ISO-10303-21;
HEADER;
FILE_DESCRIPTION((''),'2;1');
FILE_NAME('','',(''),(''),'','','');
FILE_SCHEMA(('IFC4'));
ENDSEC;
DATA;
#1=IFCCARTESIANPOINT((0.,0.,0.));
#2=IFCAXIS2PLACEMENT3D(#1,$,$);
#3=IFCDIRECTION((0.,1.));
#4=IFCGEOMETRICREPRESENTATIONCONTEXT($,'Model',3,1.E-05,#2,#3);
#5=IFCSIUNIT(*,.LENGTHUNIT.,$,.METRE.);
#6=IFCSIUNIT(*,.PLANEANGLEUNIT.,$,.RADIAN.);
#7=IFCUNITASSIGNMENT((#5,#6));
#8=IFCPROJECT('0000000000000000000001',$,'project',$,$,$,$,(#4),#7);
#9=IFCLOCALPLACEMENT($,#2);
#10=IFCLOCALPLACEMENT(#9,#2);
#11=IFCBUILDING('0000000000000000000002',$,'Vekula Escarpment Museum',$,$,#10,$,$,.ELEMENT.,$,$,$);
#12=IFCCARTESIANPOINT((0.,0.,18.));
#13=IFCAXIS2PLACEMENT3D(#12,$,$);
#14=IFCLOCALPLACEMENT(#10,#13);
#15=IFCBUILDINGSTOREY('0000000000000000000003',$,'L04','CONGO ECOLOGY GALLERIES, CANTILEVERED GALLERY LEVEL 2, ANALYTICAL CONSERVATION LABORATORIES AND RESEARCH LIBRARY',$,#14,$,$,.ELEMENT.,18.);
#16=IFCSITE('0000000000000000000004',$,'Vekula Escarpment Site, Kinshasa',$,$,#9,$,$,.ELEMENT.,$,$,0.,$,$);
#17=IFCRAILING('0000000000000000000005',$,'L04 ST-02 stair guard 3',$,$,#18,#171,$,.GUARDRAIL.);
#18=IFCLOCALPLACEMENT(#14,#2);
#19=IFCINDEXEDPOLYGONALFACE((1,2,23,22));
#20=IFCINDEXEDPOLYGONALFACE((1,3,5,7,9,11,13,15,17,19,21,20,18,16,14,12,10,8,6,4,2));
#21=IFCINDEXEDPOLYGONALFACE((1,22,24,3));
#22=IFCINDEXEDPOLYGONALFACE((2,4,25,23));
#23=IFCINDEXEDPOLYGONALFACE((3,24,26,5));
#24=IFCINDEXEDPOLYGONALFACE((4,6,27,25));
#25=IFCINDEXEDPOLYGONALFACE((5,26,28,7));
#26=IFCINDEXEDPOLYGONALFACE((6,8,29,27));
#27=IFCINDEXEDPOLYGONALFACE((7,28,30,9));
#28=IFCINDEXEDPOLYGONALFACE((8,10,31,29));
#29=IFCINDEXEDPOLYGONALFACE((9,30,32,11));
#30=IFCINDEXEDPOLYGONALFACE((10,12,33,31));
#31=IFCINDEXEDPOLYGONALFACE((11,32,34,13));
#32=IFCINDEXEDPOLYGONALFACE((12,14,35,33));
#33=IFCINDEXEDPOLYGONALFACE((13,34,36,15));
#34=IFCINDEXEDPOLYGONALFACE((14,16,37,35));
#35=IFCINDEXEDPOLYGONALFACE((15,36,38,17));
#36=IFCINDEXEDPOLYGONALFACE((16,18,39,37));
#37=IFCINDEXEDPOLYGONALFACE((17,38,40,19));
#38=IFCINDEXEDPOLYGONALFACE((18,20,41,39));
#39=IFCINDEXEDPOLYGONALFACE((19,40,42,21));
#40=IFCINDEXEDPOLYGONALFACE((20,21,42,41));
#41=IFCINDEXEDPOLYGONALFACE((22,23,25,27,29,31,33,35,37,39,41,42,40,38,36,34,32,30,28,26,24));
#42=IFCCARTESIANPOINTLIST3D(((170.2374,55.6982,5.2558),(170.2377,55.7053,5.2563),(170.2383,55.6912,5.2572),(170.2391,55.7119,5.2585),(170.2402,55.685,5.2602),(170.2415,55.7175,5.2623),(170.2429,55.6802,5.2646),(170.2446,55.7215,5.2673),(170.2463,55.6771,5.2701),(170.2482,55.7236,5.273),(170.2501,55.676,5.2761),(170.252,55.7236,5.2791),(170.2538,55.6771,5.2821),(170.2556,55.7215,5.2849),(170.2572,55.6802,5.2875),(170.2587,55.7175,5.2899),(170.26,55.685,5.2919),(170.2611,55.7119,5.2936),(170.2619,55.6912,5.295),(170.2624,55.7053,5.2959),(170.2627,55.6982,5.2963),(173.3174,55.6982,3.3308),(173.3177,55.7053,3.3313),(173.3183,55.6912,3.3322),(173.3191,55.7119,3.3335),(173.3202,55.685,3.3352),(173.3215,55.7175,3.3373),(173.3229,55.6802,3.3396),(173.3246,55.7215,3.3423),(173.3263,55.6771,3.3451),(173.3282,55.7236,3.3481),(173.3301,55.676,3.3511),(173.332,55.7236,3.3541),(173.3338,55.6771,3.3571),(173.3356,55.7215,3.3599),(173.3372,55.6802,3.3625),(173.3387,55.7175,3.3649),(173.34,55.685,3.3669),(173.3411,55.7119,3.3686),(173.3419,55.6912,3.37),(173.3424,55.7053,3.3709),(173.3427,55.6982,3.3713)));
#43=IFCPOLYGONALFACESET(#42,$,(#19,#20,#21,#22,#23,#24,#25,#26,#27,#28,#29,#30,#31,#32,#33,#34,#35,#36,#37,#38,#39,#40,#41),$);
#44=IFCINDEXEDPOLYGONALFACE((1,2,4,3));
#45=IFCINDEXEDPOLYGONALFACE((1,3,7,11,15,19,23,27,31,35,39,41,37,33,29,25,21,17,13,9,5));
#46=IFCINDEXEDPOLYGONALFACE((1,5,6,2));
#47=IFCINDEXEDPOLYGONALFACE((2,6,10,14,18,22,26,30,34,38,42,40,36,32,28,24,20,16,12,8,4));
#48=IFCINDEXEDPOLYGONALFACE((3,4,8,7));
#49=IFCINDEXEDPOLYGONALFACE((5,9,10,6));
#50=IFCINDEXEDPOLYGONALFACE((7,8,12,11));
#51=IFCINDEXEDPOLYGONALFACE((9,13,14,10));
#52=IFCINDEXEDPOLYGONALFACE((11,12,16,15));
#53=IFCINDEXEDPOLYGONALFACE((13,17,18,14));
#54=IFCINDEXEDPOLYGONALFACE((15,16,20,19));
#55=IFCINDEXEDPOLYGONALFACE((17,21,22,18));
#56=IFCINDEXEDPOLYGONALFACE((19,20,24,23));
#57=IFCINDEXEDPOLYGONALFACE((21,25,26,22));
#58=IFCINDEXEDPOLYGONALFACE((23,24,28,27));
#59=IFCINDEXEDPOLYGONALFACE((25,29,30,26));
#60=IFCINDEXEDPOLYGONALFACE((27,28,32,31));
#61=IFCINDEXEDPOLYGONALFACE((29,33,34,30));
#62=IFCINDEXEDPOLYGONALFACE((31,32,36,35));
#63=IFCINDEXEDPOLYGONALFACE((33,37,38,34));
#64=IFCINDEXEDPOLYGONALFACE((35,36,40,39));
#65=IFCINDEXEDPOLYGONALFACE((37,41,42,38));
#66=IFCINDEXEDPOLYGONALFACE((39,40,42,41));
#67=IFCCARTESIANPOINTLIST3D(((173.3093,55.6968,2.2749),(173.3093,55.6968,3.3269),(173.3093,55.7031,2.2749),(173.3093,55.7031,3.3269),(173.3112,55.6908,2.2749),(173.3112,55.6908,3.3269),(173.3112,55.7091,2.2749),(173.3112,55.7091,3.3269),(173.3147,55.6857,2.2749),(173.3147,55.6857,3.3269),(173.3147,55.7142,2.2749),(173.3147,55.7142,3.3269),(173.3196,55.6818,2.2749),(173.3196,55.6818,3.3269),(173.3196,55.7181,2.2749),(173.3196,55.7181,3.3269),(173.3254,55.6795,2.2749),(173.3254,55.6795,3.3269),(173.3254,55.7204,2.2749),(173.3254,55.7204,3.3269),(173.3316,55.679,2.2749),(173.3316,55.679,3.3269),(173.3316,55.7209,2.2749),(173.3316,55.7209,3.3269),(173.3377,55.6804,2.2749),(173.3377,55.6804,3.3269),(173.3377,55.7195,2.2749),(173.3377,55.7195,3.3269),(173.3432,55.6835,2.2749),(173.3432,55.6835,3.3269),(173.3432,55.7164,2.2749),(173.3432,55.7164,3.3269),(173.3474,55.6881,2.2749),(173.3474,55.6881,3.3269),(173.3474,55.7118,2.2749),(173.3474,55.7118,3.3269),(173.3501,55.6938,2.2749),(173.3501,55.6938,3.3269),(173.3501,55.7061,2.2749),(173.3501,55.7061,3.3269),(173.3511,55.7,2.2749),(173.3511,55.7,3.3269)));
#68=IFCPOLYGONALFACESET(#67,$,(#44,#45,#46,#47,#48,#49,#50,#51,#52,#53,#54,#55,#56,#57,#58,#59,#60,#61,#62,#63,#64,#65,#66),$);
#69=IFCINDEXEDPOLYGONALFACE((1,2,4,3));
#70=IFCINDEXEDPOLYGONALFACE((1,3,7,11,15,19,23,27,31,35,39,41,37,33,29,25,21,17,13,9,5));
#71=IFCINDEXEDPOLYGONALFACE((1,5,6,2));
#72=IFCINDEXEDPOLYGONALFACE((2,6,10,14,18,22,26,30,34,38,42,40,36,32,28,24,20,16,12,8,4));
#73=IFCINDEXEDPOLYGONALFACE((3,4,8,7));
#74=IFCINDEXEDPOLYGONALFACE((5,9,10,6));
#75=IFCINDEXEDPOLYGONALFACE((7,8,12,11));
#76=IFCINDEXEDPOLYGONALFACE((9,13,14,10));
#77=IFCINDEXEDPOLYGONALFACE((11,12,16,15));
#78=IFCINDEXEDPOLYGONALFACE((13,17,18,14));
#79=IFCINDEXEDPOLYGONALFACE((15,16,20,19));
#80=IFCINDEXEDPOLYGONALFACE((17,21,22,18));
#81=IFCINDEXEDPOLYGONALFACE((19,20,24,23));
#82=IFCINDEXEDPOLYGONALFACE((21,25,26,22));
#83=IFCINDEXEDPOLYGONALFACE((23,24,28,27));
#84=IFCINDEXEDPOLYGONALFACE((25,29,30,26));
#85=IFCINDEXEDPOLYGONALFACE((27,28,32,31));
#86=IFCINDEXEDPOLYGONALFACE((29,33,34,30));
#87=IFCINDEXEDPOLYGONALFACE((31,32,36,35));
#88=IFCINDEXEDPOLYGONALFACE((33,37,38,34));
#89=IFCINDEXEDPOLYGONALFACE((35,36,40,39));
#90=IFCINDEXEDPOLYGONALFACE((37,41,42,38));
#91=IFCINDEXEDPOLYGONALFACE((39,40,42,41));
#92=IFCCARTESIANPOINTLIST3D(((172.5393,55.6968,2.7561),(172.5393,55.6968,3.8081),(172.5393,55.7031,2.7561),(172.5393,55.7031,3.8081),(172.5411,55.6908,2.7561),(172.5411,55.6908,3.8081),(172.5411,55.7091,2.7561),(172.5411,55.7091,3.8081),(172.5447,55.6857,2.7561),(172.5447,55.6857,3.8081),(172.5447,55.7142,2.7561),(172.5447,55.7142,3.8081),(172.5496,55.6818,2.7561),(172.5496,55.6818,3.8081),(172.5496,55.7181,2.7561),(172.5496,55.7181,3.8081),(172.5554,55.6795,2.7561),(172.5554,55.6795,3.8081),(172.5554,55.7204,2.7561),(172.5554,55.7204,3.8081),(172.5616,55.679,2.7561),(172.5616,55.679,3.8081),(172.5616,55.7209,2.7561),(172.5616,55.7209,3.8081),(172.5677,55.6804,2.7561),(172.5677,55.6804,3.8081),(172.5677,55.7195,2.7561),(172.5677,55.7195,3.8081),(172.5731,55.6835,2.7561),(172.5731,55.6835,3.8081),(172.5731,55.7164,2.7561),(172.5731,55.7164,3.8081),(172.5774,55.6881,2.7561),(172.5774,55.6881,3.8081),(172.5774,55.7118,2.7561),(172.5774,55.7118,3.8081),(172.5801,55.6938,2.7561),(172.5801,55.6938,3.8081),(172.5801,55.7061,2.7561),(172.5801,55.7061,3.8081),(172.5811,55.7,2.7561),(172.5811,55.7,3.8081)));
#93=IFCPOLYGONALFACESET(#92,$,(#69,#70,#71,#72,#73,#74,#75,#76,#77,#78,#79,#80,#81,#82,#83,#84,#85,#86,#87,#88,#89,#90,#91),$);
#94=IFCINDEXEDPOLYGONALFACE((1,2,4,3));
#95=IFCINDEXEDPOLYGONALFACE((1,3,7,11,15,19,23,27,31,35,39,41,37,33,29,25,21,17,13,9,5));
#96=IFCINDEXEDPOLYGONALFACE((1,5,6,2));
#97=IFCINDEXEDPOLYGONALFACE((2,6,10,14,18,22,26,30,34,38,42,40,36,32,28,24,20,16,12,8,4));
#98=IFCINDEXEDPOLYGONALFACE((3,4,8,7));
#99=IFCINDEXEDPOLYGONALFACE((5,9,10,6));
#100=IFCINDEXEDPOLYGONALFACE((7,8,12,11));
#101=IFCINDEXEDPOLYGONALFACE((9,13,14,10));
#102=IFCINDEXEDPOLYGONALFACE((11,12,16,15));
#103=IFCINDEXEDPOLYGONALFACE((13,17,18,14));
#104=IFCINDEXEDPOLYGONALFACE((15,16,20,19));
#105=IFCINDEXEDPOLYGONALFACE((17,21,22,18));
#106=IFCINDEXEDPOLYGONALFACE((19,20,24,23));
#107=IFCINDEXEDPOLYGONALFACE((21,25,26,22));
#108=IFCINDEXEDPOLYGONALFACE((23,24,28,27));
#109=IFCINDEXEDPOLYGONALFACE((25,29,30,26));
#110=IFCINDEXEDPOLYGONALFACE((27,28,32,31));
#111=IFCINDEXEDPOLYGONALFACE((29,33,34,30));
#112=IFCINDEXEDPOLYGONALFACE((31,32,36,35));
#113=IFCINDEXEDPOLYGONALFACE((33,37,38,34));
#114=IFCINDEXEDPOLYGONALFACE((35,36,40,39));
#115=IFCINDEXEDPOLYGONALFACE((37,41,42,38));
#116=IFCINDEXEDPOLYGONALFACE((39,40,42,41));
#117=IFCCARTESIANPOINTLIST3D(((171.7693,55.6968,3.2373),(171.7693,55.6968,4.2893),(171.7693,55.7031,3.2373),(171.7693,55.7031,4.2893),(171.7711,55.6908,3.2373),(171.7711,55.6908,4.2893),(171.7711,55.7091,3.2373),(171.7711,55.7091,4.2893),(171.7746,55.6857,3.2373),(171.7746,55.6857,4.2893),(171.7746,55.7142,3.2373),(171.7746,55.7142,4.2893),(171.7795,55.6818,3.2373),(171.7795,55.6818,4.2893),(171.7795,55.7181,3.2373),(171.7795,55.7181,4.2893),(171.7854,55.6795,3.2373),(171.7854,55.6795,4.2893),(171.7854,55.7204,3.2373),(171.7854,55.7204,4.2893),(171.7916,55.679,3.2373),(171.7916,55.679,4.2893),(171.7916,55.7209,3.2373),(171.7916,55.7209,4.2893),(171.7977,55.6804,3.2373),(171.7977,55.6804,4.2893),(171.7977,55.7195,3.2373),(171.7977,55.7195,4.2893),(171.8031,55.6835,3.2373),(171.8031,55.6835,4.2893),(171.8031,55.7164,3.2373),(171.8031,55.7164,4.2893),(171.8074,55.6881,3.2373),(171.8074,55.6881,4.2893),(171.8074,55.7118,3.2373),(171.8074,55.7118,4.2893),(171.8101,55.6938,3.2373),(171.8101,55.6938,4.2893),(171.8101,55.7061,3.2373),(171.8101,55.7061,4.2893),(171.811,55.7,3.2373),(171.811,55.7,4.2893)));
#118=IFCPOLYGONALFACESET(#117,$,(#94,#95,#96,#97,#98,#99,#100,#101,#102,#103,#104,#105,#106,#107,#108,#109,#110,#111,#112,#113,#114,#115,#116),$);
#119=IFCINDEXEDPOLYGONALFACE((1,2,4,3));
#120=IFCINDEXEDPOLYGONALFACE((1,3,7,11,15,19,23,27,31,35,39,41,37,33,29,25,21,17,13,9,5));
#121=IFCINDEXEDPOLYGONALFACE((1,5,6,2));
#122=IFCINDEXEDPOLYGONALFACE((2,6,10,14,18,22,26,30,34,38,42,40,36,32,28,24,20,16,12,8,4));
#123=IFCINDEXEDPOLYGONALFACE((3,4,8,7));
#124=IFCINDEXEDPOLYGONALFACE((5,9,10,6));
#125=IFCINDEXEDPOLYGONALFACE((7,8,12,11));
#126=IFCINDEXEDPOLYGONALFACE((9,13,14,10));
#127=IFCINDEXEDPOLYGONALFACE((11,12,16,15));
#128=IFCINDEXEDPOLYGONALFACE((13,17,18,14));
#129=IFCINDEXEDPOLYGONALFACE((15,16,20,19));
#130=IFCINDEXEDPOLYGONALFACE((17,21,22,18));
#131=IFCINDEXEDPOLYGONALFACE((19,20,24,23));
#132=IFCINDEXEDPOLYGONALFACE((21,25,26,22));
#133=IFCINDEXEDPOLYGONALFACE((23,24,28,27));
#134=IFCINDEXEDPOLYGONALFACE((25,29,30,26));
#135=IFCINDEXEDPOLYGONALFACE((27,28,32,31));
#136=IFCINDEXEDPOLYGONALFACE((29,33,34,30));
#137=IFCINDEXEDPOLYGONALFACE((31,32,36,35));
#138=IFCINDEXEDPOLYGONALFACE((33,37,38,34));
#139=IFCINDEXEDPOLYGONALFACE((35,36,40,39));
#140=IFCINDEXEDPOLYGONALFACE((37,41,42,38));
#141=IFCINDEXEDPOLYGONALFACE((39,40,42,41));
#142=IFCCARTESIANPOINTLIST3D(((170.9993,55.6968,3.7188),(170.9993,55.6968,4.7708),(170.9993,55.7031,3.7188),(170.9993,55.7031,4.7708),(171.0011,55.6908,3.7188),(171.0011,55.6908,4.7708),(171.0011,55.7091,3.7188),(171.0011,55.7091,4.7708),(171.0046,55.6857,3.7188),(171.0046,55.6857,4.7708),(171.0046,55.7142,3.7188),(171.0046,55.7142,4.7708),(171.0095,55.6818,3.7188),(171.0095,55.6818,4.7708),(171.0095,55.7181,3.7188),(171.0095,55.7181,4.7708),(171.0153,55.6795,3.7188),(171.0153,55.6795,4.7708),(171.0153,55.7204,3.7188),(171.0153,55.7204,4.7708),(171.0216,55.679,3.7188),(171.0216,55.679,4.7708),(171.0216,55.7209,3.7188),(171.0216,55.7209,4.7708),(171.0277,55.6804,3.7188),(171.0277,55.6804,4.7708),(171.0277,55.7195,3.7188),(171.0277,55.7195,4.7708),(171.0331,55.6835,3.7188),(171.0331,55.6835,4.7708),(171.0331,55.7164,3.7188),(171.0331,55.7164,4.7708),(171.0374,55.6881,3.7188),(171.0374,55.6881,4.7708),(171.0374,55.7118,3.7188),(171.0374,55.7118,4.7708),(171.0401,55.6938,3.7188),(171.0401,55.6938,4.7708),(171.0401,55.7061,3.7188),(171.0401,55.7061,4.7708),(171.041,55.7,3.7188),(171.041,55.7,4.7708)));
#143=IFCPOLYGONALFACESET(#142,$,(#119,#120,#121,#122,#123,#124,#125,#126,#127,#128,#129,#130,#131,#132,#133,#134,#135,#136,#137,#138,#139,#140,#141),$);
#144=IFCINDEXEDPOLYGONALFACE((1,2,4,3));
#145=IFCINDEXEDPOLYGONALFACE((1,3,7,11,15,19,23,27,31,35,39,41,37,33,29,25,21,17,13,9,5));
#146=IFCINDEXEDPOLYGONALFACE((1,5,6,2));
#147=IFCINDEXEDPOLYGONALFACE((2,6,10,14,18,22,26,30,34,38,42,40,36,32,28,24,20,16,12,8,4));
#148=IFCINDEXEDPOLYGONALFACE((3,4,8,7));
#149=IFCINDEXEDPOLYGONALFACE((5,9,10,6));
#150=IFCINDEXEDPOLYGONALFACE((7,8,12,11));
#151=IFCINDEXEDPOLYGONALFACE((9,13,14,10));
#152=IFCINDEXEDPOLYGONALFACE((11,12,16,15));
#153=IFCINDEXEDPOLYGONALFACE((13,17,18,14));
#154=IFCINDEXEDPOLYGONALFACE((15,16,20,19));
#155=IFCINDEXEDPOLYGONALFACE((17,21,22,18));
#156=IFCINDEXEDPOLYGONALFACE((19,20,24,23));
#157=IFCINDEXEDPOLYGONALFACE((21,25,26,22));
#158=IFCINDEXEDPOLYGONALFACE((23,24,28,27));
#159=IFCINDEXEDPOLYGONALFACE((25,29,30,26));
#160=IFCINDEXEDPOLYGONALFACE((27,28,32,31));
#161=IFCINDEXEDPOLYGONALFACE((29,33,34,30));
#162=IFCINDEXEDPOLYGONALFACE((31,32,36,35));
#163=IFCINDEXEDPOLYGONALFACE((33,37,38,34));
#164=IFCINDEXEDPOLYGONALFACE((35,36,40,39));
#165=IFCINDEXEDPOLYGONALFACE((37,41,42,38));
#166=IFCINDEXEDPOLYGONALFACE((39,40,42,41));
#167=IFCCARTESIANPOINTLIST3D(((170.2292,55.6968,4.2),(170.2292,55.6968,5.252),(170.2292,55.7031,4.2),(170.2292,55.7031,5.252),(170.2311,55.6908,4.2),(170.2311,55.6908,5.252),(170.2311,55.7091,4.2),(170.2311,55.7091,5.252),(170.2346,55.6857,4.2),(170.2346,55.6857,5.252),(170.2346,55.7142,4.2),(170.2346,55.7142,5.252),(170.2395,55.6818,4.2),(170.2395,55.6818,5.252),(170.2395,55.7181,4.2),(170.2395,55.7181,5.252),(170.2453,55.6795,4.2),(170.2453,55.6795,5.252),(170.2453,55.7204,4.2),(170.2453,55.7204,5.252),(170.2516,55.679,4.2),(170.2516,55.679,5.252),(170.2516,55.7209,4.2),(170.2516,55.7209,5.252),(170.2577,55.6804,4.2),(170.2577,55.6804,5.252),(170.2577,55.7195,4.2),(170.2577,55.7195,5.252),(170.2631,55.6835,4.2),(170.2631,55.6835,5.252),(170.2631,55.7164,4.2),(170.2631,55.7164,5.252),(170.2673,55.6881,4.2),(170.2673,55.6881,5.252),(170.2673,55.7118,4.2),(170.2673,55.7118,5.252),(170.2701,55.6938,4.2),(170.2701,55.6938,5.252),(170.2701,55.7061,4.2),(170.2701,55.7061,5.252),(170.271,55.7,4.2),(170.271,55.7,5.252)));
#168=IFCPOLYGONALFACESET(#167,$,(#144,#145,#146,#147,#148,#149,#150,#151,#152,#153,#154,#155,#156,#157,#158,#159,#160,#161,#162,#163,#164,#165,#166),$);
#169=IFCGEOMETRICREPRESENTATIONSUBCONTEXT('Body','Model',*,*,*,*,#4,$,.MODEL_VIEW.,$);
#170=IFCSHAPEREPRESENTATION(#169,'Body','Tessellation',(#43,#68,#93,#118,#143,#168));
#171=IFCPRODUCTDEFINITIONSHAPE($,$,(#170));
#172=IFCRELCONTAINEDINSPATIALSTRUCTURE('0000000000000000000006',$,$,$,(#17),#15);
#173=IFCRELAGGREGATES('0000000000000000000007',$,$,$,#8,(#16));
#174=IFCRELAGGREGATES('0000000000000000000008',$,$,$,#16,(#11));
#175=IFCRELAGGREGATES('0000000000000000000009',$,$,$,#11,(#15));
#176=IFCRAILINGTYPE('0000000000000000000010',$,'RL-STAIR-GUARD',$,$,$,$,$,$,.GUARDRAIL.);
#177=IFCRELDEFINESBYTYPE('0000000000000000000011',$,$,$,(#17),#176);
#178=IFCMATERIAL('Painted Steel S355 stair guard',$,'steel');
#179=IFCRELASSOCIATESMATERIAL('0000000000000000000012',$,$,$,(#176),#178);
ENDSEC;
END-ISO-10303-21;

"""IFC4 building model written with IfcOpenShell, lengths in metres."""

from ifc_helpers import new_model, si_unit, direction, frame, origin, origin_2d, place, context, subcontext, project, spatial, circle, extrude, material, type_object, element, save


model = new_model("IFC4")

# Units and contexts
model_context = context("Model", 3, precision=1e-05, world=origin(), true_north=direction((0.0, 1.0)))
body_context = subcontext(model_context, "Body", "Model", "MODEL_VIEW")
ifc_project = project(units=[si_unit("LENGTHUNIT", "METRE"), si_unit("PLANEANGLEUNIT", "RADIAN")], contexts=[model_context])

# Site, building, storey
site_placement = place(None, origin())
site = spatial("IfcSite", under=ifc_project, at=site_placement, Name="Vekula Escarpment Site, Kinshasa", CompositionType="ELEMENT", RefElevation=0.0)
building_placement = place(site_placement, origin())
building = spatial("IfcBuilding", under=site, at=building_placement, Name="Vekula Escarpment Museum", CompositionType="ELEMENT")
storey_placement = place(building_placement, frame((0.0, 0.0, 18.0)))
storey = spatial("IfcBuildingStorey", under=building, at=storey_placement, Name="L04", Description="CONGO ECOLOGY GALLERIES, CANTILEVERED GALLERY LEVEL 2, ANALYTICAL CONSERVATION LABORATORIES AND RESEARCH LIBRARY", CompositionType="ELEMENT", Elevation=18.0)

# Railing
ifc_material_1 = material(Name="Painted Steel S355 stair guard", Category="steel")
railing_type_1 = type_object("IfcRailingType", Name="RL-STAIR-GUARD", PredefinedType="GUARDRAIL", material=ifc_material_1)
railing_1_placement = place(storey_placement, frame((173.3301, 55.7, 2.2749)))
element("IfcRailing", 1, at=railing_1_placement, inside=storey, type_object=railing_type_1, Name="L04 ST-02 stair guard 3", PredefinedType="GUARDRAIL", context=body_context, shape_type="SweptSolid", body=[
    extrude(circle(Radius=0.0239, at=origin_2d()), frame((0.0, 0.0, 1.0762), z_axis=(-0.847998, 0.0, 0.529999), x_axis=(0.0, -1.0, 0.0)), (0.0, 0.0, 1.0), 3.6321),
    extrude(circle(Radius=0.021, at=origin_2d()), origin(), (0.0, 0.0, 1.0), 1.052),
    extrude(circle(Radius=0.021, at=origin_2d()), frame((-0.77, 0.0, 0.4812)), (0.0, 0.0, 1.0), 1.052),
    extrude(circle(Radius=0.021, at=origin_2d()), frame((-1.54, 0.0, 0.9624)), (0.0, 0.0, 1.0), 1.052),
    extrude(circle(Radius=0.021, at=origin_2d()), frame((-2.3101, 0.0, 1.4438)), (0.0, 0.0, 1.0), 1.052),
    extrude(circle(Radius=0.021, at=origin_2d()), frame((-3.0801, 0.0, 1.925)), (0.0, 0.0, 1.0), 1.052),
])

save(model, "model.ifc")
